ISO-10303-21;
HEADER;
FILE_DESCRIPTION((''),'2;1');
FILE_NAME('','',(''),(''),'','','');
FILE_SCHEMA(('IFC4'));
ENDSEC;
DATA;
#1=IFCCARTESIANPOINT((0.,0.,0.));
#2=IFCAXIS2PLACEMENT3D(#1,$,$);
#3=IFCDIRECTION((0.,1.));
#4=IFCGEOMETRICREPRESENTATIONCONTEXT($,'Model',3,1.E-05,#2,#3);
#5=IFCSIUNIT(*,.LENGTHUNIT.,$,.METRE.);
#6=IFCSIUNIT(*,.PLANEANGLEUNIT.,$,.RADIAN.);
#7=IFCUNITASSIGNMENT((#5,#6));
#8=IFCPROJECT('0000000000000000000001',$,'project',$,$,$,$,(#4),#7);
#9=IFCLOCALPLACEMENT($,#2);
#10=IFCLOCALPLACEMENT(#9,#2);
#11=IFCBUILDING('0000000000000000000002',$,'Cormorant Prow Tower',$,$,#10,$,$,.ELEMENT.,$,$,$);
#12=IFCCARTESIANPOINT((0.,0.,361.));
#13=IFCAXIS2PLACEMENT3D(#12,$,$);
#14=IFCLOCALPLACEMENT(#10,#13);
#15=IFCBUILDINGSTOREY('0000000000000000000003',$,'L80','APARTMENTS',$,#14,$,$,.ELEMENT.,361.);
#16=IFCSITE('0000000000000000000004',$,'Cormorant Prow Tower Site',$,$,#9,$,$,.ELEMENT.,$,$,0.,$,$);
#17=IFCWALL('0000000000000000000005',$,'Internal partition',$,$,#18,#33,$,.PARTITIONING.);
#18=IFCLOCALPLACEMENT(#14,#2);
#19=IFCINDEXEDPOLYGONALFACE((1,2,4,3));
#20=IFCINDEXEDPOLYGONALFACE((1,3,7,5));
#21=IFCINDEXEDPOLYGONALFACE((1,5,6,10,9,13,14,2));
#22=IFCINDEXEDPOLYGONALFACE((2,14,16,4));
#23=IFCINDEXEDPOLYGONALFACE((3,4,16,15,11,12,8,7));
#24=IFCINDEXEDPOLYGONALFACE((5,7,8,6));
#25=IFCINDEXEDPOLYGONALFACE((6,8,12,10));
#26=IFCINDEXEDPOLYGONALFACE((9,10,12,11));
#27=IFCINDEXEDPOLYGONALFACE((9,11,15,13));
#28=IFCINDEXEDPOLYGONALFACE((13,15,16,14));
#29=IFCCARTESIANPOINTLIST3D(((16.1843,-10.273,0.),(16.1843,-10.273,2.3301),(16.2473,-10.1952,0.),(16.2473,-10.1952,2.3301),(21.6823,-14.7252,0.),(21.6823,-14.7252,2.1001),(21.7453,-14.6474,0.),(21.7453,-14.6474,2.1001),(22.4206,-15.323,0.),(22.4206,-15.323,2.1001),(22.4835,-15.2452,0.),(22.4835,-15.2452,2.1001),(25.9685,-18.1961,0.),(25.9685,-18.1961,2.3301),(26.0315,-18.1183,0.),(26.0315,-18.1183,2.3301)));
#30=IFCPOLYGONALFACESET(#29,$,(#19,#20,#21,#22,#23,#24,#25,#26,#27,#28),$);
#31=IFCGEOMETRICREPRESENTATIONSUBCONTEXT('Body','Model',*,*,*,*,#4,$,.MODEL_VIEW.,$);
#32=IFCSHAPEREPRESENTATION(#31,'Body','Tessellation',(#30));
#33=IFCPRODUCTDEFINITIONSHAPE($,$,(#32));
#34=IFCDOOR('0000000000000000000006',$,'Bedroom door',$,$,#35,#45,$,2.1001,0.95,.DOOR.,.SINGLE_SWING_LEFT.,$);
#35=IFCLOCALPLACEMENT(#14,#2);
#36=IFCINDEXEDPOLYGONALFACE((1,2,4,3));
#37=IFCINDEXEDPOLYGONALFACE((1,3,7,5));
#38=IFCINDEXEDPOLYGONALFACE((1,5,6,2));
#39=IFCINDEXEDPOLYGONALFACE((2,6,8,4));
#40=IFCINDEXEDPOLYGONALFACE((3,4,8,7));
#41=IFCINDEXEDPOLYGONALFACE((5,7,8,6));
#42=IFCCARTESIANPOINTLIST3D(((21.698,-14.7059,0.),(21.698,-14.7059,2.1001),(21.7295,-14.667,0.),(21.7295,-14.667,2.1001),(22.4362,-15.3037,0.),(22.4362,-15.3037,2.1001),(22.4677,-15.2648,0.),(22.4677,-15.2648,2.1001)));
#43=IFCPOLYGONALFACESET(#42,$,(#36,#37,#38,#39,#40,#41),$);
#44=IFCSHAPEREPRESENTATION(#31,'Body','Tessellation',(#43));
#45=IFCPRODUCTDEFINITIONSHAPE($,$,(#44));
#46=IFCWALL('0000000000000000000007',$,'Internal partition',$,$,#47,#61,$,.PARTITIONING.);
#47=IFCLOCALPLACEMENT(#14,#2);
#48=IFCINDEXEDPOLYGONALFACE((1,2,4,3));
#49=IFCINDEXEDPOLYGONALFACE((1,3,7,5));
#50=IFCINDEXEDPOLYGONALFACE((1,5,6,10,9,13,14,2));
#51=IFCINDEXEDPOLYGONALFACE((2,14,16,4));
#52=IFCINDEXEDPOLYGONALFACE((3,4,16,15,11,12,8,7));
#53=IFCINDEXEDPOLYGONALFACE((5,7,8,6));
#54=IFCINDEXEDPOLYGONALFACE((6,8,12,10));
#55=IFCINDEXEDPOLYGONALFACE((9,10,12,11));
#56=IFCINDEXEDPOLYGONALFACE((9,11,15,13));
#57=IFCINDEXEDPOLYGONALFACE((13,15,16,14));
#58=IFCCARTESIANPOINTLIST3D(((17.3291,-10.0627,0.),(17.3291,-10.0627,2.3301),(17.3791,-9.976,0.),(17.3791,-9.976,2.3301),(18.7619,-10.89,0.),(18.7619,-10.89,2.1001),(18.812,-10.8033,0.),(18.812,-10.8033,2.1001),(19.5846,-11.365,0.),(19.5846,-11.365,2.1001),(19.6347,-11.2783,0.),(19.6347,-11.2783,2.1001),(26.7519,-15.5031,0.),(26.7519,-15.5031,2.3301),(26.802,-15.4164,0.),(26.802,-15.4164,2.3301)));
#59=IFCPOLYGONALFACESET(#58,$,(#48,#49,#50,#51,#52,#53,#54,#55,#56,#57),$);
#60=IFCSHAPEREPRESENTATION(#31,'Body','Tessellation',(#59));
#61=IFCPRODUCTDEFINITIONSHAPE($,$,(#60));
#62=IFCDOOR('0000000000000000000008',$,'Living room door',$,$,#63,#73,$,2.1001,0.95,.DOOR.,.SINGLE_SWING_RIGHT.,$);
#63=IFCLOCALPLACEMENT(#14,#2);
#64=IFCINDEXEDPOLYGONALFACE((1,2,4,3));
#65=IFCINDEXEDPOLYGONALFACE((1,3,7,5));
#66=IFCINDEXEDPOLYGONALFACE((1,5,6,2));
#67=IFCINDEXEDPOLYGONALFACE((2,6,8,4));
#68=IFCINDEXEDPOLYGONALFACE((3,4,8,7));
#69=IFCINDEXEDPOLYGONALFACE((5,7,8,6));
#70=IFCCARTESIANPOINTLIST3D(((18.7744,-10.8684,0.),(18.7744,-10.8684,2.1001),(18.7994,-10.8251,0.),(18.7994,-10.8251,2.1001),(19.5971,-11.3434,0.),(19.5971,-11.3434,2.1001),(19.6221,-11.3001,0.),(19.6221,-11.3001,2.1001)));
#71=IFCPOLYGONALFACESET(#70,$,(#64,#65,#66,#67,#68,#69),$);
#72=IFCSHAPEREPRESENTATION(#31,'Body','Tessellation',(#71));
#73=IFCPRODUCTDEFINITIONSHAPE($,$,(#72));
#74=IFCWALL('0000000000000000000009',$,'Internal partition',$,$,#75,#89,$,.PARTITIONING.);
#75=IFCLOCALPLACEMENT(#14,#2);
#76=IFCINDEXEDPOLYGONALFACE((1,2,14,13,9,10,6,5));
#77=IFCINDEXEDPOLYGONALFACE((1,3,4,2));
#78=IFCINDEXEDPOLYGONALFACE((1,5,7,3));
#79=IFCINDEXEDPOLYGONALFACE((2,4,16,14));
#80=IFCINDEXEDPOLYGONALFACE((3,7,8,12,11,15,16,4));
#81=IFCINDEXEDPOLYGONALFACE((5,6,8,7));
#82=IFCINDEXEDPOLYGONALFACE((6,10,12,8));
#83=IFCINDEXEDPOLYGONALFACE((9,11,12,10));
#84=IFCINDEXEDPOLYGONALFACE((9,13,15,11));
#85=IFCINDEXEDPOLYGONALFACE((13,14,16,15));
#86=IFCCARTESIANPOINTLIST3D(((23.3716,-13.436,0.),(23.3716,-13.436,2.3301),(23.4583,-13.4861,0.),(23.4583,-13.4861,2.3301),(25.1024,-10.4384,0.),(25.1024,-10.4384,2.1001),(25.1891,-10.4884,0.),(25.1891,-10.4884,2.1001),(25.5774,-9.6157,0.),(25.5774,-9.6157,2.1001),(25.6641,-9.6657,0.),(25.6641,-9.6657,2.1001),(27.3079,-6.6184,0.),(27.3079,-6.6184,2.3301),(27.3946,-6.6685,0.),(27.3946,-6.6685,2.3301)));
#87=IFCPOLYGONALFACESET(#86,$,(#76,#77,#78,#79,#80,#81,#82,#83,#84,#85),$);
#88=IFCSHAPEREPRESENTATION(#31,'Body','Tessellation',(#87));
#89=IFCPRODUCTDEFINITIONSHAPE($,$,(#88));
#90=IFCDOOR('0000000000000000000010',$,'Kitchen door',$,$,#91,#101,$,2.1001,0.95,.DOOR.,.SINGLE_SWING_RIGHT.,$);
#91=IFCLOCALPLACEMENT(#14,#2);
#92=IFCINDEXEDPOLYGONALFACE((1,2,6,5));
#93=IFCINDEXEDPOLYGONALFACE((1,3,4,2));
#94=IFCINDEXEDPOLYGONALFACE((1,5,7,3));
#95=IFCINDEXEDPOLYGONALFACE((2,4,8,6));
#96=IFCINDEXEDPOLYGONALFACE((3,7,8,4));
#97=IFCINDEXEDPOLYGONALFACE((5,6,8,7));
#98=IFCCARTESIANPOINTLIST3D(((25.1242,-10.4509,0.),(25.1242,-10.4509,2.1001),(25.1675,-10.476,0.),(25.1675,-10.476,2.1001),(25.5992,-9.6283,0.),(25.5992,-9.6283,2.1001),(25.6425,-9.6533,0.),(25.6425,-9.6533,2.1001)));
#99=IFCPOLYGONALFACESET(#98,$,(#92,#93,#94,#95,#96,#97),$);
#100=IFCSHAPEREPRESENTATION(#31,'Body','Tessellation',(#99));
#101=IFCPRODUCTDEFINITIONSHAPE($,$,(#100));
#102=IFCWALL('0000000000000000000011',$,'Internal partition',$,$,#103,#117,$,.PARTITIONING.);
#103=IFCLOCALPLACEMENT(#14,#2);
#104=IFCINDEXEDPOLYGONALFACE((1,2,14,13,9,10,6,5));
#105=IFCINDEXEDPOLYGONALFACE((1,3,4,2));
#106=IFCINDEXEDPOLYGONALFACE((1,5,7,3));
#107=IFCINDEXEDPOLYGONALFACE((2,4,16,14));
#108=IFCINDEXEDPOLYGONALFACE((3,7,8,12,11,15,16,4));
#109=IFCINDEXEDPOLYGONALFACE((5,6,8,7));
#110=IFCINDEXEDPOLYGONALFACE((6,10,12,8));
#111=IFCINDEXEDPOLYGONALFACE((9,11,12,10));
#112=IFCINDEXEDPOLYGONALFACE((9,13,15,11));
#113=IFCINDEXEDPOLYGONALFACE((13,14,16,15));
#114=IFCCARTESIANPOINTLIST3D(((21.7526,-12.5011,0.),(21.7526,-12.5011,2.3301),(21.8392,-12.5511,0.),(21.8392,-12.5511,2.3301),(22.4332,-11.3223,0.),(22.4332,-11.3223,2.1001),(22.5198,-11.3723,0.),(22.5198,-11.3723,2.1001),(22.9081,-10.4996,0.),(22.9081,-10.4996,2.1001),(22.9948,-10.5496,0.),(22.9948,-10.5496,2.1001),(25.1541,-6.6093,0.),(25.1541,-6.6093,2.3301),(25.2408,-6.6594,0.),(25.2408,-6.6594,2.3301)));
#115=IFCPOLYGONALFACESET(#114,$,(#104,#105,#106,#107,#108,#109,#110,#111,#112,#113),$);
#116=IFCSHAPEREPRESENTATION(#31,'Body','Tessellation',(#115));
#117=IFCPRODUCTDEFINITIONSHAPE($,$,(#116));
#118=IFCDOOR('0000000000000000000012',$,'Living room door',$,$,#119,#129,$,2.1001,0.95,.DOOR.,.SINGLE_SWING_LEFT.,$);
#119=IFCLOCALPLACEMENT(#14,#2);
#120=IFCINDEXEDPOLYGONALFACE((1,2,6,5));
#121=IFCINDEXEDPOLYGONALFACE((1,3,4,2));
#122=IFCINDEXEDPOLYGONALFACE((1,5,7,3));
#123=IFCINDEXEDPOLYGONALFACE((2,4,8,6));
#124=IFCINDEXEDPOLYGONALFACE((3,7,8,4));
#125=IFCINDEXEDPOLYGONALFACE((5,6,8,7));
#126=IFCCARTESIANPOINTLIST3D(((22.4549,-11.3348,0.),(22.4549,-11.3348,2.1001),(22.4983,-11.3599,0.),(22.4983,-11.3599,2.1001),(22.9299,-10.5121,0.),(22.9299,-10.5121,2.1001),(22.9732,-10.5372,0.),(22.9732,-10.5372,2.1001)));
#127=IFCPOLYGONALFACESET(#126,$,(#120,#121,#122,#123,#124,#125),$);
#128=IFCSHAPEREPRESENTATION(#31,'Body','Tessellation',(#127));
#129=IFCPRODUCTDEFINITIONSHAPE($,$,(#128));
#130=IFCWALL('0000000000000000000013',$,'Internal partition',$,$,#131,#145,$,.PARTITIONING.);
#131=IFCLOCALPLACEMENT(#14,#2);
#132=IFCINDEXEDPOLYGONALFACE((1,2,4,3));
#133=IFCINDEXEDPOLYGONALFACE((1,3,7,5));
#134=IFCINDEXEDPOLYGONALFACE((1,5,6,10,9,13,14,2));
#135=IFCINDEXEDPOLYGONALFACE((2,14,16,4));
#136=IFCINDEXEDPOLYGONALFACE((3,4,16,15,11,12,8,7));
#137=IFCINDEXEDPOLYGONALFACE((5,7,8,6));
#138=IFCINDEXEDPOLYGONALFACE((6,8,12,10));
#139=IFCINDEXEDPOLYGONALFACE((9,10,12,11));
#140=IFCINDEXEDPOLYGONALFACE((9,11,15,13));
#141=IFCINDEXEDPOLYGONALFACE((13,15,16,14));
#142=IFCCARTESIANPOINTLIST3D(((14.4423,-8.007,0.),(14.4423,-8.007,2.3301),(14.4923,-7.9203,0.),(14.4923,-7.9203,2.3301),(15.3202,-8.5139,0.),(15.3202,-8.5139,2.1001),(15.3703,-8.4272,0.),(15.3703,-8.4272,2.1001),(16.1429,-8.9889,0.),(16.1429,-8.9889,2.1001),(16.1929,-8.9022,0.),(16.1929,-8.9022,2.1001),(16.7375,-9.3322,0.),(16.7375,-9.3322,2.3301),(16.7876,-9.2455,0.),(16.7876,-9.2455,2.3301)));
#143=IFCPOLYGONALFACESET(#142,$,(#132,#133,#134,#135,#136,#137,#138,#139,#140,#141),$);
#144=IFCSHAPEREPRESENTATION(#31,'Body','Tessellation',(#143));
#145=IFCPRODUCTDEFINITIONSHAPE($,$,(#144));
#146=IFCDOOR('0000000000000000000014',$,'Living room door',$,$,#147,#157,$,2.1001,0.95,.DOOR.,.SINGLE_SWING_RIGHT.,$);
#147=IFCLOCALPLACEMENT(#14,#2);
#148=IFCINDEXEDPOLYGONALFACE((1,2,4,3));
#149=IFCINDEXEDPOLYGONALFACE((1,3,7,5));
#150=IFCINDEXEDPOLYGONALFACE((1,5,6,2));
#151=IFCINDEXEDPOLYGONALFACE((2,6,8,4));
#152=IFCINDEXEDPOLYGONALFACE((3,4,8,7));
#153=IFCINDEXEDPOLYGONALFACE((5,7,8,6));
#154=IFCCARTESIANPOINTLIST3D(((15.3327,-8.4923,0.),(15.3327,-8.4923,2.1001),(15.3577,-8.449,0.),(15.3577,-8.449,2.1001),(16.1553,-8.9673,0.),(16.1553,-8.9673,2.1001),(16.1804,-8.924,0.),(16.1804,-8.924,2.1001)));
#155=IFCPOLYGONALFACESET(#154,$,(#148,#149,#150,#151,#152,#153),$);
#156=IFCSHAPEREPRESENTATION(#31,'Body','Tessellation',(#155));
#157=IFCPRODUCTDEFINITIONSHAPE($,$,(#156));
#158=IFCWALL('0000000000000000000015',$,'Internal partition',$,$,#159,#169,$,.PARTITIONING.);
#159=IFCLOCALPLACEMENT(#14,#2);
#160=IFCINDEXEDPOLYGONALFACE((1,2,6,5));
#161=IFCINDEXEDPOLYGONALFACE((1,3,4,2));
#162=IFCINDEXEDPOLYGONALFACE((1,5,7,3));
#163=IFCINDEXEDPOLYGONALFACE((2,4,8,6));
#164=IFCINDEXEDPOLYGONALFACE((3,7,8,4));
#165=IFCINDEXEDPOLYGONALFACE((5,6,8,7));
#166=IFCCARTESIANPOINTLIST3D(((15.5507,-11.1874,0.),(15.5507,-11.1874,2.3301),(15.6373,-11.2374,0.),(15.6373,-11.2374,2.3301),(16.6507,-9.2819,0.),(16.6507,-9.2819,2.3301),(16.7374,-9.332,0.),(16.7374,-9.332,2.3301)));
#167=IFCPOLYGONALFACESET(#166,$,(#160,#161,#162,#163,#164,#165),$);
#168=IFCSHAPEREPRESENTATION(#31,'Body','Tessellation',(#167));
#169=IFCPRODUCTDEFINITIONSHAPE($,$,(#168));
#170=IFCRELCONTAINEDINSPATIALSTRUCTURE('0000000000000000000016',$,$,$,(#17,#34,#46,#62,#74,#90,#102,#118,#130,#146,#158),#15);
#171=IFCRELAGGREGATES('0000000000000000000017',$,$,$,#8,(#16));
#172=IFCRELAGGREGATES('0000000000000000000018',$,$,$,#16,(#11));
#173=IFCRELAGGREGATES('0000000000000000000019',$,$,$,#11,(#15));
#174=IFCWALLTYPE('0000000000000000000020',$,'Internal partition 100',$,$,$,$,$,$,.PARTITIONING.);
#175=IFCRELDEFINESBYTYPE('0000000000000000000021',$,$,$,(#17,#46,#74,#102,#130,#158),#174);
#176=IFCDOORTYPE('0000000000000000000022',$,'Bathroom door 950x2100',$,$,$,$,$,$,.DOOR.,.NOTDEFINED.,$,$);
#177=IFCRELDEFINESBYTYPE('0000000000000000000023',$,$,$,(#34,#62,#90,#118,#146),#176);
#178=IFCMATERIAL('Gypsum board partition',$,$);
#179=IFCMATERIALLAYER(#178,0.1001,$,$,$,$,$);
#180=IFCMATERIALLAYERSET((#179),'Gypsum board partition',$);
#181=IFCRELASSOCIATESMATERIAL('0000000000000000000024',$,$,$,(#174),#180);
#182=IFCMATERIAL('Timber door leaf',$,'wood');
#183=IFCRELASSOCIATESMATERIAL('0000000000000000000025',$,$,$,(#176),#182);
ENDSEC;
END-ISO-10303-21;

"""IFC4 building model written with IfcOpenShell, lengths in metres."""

from ifc_helpers import new_model, si_unit, direction, frame, frame_2d, origin, place, context, subcontext, project, spatial, rectangle, extrude, material, layer, layer_set, type_object, element, fill, save


model = new_model("IFC4")

# Units and contexts
model_context = context("Model", 3, precision=1e-05, world=origin(), true_north=direction((0.0, 1.0)))
body_context = subcontext(model_context, "Body", "Model", "MODEL_VIEW")
ifc_project = project(units=[si_unit("LENGTHUNIT", "METRE"), si_unit("PLANEANGLEUNIT", "RADIAN")], contexts=[model_context])

# Site, building, storey
site_placement = place(None, origin())
site = spatial("IfcSite", under=ifc_project, at=site_placement, Name="Cormorant Prow Tower Site", CompositionType="ELEMENT", RefElevation=0.0)
building_placement = place(site_placement, origin())
building = spatial("IfcBuilding", under=site, at=building_placement, Name="Cormorant Prow Tower", CompositionType="ELEMENT")
storey_placement = place(building_placement, frame((0.0, 0.0, 361.0)))
storey = spatial("IfcBuildingStorey", under=building, at=storey_placement, Name="L80", Description="APARTMENTS", CompositionType="ELEMENT", Elevation=361.0)

# Walls, openings, doors
ifc_material_1 = material(Name="Gypsum board partition")
ifc_layer_1 = layer(ifc_material_1, 0.1001)
ifc_layer_set_1 = layer_set([ifc_layer_1], Name="Gypsum board partition")
wall_type_1 = type_object("IfcWallType", Name="Internal partition 100", PredefinedType="PARTITIONING", material=ifc_layer_set_1)
wall_1_placement = place(storey_placement, frame((16.2158, -10.2341, 0.0), z_axis=(0.0, 0.0, 1.0), x_axis=(0.777145, -0.629322, 0.0)))
wall_1 = element("IfcWall", 1, at=wall_1_placement, inside=storey, type_object=wall_type_1, Name="Internal partition", PredefinedType="PARTITIONING", context=body_context, shape_type="SweptSolid", body=[
    extrude(rectangle(XDim=12.5898, YDim=0.1001, at=frame_2d((6.2949, 0.0))), origin(), (0.0, 0.0, 1.0), 2.3301),
])
opening_1_placement = place(wall_1_placement, frame((7.0745, 0.0, 0.0)))
opening_1 = element("IfcOpeningElement", 2, at=opening_1_placement, cuts=wall_1, PredefinedType="OPENING", context=body_context, shape_type="SweptSolid", body=[
    extrude(rectangle(XDim=0.95, YDim=2.1001, at=frame_2d((0.4751, 1.05))), frame((0.0, 0.0601, 0.0), z_axis=(0.0, -1.0, 0.0), x_axis=(1.0, 0.0, 0.0)), (0.0, 0.0, 1.0), 0.1201),
])
ifc_material_2 = material(Name="Timber door leaf", Category="wood")
door_type_1 = type_object("IfcDoorType", Name="Bathroom door 950x2100", OperationType="NOTDEFINED", PredefinedType="DOOR", material=ifc_material_2)
door_1_placement = place(opening_1_placement, origin())
door_1 = element("IfcDoor", 3, at=door_1_placement, inside=storey, type_object=door_type_1, Name="Bedroom door", OperationType="SINGLE_SWING_LEFT", OverallHeight=2.1001, OverallWidth=0.95, PredefinedType="DOOR", context=body_context, shape_type="SweptSolid", body=[
    extrude(rectangle(XDim=0.95, YDim=2.1001, at=frame_2d((0.4751, 1.05))), frame((0.0, 0.0249, 0.0), z_axis=(0.0, -1.0, 0.0), x_axis=(1.0, 0.0, 0.0)), (0.0, 0.0, 1.0), 0.05),
])
fill(opening_1, door_1)
wall_2_placement = place(storey_placement, frame((17.354, -10.0193, 0.0), z_axis=(0.0, 0.0, 1.0), x_axis=(0.86602, -0.50001, 0.0)))
wall_2 = element("IfcWall", 4, at=wall_2_placement, inside=storey, type_object=wall_type_1, Name="Internal partition", PredefinedType="PARTITIONING", context=body_context, shape_type="SweptSolid", body=[
    extrude(rectangle(XDim=10.8806, YDim=0.1001, at=frame_2d((5.4404, 0.0))), origin(), (0.0, 0.0, 1.0), 2.3301),
])
opening_2_placement = place(wall_2_placement, frame((1.6545, 0.0, 0.0)))
opening_2 = element("IfcOpeningElement", 5, at=opening_2_placement, cuts=wall_2, PredefinedType="OPENING", context=body_context, shape_type="SweptSolid", body=[
    extrude(rectangle(XDim=0.95, YDim=2.1001, at=frame_2d((0.4751, 1.05))), frame((0.0, 0.0601, 0.0), z_axis=(0.0, -1.0, 0.0), x_axis=(1.0, 0.0, 0.0)), (0.0, 0.0, 1.0), 0.1201),
])
door_2_placement = place(opening_2_placement, origin())
door_2 = element("IfcDoor", 6, at=door_2_placement, inside=storey, type_object=door_type_1, Name="Living room door", OperationType="SINGLE_SWING_RIGHT", OverallHeight=2.1001, OverallWidth=0.95, PredefinedType="DOOR", context=body_context, shape_type="SweptSolid", body=[
    extrude(rectangle(XDim=0.95, YDim=2.1001, at=frame_2d((0.4751, 1.05))), frame((0.0, 0.0249, 0.0), z_axis=(0.0, -1.0, 0.0), x_axis=(1.0, 0.0, 0.0)), (0.0, 0.0, 1.0), 0.05),
])
fill(opening_2, door_2)
wall_3_placement = place(storey_placement, frame((23.415, -13.4609, 0.0), z_axis=(0.0, 0.0, 1.0), x_axis=(0.500011, 0.866019, 0.0)))
wall_3 = element("IfcWall", 7, at=wall_3_placement, inside=storey, type_object=wall_type_1, Name="Internal partition", PredefinedType="PARTITIONING", context=body_context, shape_type="SweptSolid", body=[
    extrude(rectangle(XDim=7.8723, YDim=0.1001, at=frame_2d((3.936, 0.0))), origin(), (0.0, 0.0, 1.0), 2.3301),
])
opening_3_placement = place(wall_3_placement, frame((3.4612, 0.0, 0.0)))
opening_3 = element("IfcOpeningElement", 8, at=opening_3_placement, cuts=wall_3, PredefinedType="OPENING", context=body_context, shape_type="SweptSolid", body=[
    extrude(rectangle(XDim=0.95, YDim=2.1001, at=frame_2d((0.4751, 1.05))), frame((0.0, 0.0601, 0.0), z_axis=(0.0, -1.0, 0.0), x_axis=(1.0, 0.0, 0.0)), (0.0, 0.0, 1.0), 0.1201),
])
door_3_placement = place(opening_3_placement, origin())
door_3 = element("IfcDoor", 9, at=door_3_placement, inside=storey, type_object=door_type_1, Name="Kitchen door", OperationType="SINGLE_SWING_RIGHT", OverallHeight=2.1001, OverallWidth=0.95, PredefinedType="DOOR", context=body_context, shape_type="SweptSolid", body=[
    extrude(rectangle(XDim=0.95, YDim=2.1001, at=frame_2d((0.4751, 1.05))), frame((0.0, 0.0249, 0.0), z_axis=(0.0, -1.0, 0.0), x_axis=(1.0, 0.0, 0.0)), (0.0, 0.0, 1.0), 0.05),
])
fill(opening_3, door_3)
wall_4_placement = place(storey_placement, frame((21.7959, -12.5261, 0.0), z_axis=(0.0, 0.0, 1.0), x_axis=(0.499995, 0.866028, 0.0)))
wall_4 = element("IfcWall", 10, at=wall_4_placement, inside=storey, type_object=wall_type_1, Name="Internal partition", PredefinedType="PARTITIONING", context=body_context, shape_type="SweptSolid", body=[
    extrude(rectangle(XDim=6.8032, YDim=0.1001, at=frame_2d((3.4016, 0.0))), origin(), (0.0, 0.0, 1.0), 2.3301),
])
opening_4_placement = place(wall_4_placement, frame((1.3611, 0.0, 0.0)))
opening_4 = element("IfcOpeningElement", 11, at=opening_4_placement, cuts=wall_4, PredefinedType="OPENING", context=body_context, shape_type="SweptSolid", body=[
    extrude(rectangle(XDim=0.95, YDim=2.1001, at=frame_2d((0.4751, 1.05))), frame((0.0, 0.0601, 0.0), z_axis=(0.0, -1.0, 0.0), x_axis=(1.0, 0.0, 0.0)), (0.0, 0.0, 1.0), 0.1201),
])
door_4_placement = place(opening_4_placement, origin())
door_4 = element("IfcDoor", 12, at=door_4_placement, inside=storey, type_object=door_type_1, Name="Living room door", OperationType="SINGLE_SWING_LEFT", OverallHeight=2.1001, OverallWidth=0.95, PredefinedType="DOOR", context=body_context, shape_type="SweptSolid", body=[
    extrude(rectangle(XDim=0.95, YDim=2.1001, at=frame_2d((0.4751, 1.05))), frame((0.0, 0.0249, 0.0), z_axis=(0.0, -1.0, 0.0), x_axis=(1.0, 0.0, 0.0)), (0.0, 0.0, 1.0), 0.05),
])
fill(opening_4, door_4)
wall_5_placement = place(storey_placement, frame((14.4673, -7.9636, 0.0), z_axis=(0.0, 0.0, 1.0), x_axis=(0.866012, -0.500023, 0.0)))
wall_5 = element("IfcWall", 13, at=wall_5_placement, inside=storey, type_object=wall_type_1, Name="Internal partition", PredefinedType="PARTITIONING", context=body_context, shape_type="SweptSolid", body=[
    extrude(rectangle(XDim=2.6504, YDim=0.1001, at=frame_2d((1.3252, 0.0))), origin(), (0.0, 0.0, 1.0), 2.3301),
])
opening_5_placement = place(wall_5_placement, frame((1.0137, 0.0, 0.0)))
opening_5 = element("IfcOpeningElement", 14, at=opening_5_placement, cuts=wall_5, PredefinedType="OPENING", context=body_context, shape_type="SweptSolid", body=[
    extrude(rectangle(XDim=0.95, YDim=2.1001, at=frame_2d((0.4751, 1.05))), frame((0.0, 0.0601, 0.0), z_axis=(0.0, -1.0, 0.0), x_axis=(1.0, 0.0, 0.0)), (0.0, 0.0, 1.0), 0.1201),
])
door_5_placement = place(opening_5_placement, origin())
door_5 = element("IfcDoor", 15, at=door_5_placement, inside=storey, type_object=door_type_1, Name="Living room door", OperationType="SINGLE_SWING_RIGHT", OverallHeight=2.1001, OverallWidth=0.95, PredefinedType="DOOR", context=body_context, shape_type="SweptSolid", body=[
    extrude(rectangle(XDim=0.95, YDim=2.1001, at=frame_2d((0.4751, 1.05))), frame((0.0, 0.0249, 0.0), z_axis=(0.0, -1.0, 0.0), x_axis=(1.0, 0.0, 0.0)), (0.0, 0.0, 1.0), 0.05),
])
fill(opening_5, door_5)

# Wall
wall_6_placement = place(storey_placement, frame((15.594, -11.2124, 0.0), z_axis=(0.0, 0.0, 1.0), x_axis=(0.499982, 0.866036, 0.0)))
element("IfcWall", 16, at=wall_6_placement, inside=storey, type_object=wall_type_1, Name="Internal partition", PredefinedType="PARTITIONING", context=body_context, shape_type="SweptSolid", body=[
    extrude(rectangle(XDim=2.2002, YDim=0.1001, at=frame_2d((1.1001, 0.0))), origin(), (0.0, 0.0, 1.0), 2.3301),
])

save(model, "model.ifc")
